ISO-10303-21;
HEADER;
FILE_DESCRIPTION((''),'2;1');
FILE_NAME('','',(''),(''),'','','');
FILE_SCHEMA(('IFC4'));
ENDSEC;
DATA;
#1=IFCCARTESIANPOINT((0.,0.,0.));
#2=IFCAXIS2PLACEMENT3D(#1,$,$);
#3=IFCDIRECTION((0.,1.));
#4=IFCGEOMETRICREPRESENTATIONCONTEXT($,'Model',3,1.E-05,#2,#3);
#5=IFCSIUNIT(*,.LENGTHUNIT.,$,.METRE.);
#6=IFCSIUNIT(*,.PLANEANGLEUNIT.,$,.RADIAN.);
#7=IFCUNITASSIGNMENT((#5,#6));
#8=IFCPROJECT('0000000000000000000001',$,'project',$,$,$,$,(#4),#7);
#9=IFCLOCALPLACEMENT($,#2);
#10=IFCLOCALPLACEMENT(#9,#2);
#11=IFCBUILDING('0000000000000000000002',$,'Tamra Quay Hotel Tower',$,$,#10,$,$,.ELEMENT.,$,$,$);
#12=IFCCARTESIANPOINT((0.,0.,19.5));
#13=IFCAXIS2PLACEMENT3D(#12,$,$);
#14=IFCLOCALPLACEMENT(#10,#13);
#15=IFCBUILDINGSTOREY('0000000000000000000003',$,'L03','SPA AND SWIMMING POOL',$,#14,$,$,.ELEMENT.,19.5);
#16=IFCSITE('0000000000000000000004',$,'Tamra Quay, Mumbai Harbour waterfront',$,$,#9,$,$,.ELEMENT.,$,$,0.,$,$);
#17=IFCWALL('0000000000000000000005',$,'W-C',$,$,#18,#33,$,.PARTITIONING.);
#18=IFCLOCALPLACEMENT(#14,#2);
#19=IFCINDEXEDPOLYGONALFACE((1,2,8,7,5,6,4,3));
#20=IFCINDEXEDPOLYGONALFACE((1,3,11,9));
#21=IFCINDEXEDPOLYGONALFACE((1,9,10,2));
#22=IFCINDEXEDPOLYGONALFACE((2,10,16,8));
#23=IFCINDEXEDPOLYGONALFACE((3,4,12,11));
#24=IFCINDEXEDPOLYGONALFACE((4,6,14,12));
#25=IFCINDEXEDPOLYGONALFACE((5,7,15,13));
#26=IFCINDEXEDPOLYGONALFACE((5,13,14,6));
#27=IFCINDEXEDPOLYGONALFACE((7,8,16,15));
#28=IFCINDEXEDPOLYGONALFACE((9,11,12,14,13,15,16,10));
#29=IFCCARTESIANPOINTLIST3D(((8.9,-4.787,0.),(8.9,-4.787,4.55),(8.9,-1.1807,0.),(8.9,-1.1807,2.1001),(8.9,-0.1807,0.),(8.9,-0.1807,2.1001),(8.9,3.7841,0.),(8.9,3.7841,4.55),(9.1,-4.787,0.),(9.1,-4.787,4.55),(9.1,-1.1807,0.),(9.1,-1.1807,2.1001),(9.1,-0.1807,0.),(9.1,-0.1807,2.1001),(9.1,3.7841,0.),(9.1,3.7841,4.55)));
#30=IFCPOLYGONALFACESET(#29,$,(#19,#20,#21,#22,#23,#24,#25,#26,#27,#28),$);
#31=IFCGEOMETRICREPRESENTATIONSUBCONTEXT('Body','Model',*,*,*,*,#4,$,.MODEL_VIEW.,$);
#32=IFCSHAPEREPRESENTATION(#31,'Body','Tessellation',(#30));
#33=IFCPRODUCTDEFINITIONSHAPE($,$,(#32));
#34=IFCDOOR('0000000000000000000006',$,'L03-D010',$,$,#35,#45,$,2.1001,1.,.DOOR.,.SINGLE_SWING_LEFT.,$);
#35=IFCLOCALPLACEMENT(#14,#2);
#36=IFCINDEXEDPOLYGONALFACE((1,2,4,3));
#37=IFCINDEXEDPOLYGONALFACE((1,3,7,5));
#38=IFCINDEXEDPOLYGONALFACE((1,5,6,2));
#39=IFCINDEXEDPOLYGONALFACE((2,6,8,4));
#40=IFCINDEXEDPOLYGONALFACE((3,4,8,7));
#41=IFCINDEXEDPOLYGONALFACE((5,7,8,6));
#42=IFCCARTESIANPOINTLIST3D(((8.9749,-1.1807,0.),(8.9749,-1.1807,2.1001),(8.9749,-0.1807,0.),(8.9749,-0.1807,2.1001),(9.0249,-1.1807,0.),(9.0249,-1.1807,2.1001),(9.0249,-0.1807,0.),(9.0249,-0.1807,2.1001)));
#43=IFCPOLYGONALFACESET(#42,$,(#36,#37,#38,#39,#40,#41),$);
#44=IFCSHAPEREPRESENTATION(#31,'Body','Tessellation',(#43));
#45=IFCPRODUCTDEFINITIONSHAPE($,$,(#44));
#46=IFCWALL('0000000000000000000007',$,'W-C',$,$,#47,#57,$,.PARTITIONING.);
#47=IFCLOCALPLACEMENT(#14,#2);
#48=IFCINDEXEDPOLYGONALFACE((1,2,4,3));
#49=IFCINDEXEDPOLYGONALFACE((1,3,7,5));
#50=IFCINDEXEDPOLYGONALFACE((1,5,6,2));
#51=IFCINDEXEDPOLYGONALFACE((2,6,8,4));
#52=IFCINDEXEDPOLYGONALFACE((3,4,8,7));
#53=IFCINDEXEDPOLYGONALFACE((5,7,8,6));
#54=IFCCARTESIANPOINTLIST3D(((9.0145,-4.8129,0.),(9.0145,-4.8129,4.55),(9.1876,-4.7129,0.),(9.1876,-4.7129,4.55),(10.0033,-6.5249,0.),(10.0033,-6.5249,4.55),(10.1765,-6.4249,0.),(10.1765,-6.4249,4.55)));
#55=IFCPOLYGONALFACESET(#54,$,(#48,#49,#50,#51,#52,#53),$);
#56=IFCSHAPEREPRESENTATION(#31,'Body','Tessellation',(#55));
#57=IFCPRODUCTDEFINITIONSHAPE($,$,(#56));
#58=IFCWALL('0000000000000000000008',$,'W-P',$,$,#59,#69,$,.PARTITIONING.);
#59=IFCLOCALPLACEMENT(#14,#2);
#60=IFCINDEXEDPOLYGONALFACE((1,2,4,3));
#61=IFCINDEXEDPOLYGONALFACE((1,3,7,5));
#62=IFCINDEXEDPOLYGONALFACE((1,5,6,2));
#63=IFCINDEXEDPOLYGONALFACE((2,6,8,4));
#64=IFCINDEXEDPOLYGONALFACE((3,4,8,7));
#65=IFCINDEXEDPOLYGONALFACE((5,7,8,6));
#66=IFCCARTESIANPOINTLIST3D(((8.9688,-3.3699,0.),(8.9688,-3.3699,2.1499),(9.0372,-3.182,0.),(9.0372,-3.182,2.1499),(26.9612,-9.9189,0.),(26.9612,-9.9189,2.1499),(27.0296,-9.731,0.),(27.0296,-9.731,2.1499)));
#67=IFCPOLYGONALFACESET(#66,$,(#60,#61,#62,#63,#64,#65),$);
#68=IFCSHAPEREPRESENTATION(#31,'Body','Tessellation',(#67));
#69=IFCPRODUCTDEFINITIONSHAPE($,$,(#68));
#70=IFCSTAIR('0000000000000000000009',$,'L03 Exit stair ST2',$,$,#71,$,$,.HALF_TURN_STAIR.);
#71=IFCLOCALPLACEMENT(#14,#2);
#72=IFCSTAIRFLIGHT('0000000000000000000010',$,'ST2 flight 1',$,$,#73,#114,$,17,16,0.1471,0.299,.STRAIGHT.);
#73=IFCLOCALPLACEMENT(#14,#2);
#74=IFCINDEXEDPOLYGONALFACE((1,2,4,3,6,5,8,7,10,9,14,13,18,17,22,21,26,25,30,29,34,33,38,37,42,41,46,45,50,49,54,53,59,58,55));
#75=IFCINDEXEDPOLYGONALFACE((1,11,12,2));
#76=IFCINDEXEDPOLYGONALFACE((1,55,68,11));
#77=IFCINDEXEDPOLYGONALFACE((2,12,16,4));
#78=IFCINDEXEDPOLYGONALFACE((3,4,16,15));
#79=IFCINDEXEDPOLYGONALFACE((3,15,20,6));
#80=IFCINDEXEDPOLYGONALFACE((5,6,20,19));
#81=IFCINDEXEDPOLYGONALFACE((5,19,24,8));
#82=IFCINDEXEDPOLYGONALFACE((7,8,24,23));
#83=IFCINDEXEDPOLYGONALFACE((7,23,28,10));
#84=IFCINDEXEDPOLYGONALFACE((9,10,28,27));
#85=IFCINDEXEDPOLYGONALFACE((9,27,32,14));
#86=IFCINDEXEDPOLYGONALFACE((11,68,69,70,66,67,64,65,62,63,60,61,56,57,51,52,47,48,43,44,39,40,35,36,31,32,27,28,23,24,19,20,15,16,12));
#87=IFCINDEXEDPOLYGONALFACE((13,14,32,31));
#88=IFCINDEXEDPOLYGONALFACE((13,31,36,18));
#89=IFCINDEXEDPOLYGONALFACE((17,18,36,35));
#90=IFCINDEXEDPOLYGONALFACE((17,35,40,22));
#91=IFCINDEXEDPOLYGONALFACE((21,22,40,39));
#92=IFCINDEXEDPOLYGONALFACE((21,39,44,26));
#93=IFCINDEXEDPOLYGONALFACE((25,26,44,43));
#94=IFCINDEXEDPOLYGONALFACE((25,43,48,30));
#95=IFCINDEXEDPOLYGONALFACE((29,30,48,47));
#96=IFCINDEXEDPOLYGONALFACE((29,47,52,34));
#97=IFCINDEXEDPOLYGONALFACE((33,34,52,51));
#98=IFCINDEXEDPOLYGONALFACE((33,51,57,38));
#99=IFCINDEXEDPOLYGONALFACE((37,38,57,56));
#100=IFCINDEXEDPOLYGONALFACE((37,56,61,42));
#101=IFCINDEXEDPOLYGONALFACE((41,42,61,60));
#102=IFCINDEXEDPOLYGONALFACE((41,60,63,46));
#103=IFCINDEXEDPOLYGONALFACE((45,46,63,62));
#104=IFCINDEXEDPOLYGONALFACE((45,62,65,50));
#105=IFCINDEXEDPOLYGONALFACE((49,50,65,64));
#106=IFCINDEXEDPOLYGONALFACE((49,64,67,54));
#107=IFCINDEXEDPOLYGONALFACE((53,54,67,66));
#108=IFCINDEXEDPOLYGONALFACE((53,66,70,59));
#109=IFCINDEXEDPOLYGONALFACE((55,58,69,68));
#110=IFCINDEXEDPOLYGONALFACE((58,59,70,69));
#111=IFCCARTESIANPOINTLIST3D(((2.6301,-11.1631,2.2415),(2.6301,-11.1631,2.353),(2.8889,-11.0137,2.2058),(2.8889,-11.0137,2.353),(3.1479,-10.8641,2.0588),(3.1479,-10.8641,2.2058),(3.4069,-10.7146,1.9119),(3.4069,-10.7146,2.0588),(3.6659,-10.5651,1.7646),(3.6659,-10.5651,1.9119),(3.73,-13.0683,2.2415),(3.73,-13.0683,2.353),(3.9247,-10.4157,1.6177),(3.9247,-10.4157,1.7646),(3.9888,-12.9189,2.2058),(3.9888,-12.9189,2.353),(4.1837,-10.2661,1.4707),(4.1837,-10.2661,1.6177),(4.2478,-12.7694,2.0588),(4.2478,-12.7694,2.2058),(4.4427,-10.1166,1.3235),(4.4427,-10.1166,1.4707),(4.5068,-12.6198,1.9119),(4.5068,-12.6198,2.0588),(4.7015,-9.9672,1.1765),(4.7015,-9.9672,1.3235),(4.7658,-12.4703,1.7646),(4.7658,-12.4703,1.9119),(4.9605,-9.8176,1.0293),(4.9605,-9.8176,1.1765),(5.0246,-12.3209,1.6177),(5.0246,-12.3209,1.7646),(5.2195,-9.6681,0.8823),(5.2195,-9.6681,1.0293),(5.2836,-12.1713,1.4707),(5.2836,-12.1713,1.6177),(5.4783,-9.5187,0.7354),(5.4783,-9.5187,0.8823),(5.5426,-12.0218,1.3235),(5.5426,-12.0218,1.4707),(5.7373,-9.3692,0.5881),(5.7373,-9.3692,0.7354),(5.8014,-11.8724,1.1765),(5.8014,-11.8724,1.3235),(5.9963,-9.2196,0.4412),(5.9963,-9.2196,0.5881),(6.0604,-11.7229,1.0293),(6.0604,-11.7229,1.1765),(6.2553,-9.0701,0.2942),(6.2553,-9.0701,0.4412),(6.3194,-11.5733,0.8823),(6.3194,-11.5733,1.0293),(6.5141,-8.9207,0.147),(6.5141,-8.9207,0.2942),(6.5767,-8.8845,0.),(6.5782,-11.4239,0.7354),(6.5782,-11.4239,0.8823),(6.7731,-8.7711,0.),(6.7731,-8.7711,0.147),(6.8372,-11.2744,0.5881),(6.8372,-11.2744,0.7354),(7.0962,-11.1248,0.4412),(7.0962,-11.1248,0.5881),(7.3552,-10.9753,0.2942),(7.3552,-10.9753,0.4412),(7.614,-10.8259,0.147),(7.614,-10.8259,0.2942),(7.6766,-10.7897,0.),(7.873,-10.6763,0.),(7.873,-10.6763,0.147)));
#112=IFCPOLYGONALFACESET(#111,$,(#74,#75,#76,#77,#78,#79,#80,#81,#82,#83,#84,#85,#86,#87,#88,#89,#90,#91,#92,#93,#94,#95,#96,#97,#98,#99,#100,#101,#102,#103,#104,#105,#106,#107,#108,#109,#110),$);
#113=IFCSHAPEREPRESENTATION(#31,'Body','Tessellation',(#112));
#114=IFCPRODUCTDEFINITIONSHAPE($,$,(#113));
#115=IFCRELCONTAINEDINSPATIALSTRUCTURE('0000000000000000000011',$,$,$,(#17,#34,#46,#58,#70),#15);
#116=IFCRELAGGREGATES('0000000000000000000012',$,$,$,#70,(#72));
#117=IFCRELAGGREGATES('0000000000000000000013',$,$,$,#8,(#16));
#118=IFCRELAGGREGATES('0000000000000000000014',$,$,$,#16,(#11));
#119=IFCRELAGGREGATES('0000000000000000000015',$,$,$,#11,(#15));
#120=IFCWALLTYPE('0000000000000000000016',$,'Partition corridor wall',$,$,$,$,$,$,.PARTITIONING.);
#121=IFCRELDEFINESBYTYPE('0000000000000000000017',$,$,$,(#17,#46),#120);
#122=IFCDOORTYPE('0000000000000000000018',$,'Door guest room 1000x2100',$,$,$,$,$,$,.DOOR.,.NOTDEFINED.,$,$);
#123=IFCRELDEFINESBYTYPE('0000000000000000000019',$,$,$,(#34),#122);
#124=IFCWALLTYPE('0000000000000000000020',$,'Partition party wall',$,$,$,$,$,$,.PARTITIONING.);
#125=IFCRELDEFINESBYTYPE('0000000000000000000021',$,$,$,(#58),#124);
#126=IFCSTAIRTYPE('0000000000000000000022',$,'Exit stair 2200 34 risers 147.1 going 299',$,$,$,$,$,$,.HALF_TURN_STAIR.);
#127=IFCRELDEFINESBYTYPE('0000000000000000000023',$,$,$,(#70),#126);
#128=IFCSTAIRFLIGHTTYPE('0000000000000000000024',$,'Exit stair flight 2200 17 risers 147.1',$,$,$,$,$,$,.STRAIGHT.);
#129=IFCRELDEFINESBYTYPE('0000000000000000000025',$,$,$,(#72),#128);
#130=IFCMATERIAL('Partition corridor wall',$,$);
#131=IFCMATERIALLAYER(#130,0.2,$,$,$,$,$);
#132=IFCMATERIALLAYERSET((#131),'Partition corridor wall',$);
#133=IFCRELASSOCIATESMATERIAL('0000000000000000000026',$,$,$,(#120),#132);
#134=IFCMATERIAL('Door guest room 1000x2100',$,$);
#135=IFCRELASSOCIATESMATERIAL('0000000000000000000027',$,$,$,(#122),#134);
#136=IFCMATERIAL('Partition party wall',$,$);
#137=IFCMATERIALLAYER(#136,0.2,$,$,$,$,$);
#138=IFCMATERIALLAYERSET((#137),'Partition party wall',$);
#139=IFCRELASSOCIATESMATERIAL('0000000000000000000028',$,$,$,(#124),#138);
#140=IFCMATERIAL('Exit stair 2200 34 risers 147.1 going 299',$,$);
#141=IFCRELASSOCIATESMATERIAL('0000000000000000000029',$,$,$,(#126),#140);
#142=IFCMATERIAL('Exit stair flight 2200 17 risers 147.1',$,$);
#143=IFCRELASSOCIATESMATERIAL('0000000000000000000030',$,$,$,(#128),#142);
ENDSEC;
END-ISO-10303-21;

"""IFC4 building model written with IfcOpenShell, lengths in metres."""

from ifc_helpers import new_model, si_unit, direction, frame, frame_2d, origin, place, context, subcontext, project, spatial, polyline, rectangle, outline, extrude, material, layer, layer_set, type_object, element, fill, aggregate, save


model = new_model("IFC4")

# Units and contexts
model_context = context("Model", 3, precision=1e-05, world=origin(), true_north=direction((0.0, 1.0)))
body_context = subcontext(model_context, "Body", "Model", "MODEL_VIEW")
ifc_project = project(units=[si_unit("LENGTHUNIT", "METRE"), si_unit("PLANEANGLEUNIT", "RADIAN")], contexts=[model_context])

# Site, building, storey
site_placement = place(None, origin())
site = spatial("IfcSite", under=ifc_project, at=site_placement, Name="Tamra Quay, Mumbai Harbour waterfront", CompositionType="ELEMENT", RefElevation=0.0)
building_placement = place(site_placement, origin())
building = spatial("IfcBuilding", under=site, at=building_placement, Name="Tamra Quay Hotel Tower", CompositionType="ELEMENT")
storey_placement = place(building_placement, frame((0.0, 0.0, 19.5)))
storey = spatial("IfcBuildingStorey", under=building, at=storey_placement, Name="L03", Description="SPA AND SWIMMING POOL", CompositionType="ELEMENT", Elevation=19.5)

# Wall, opening, door
ifc_material_1 = material(Name="Partition corridor wall")
ifc_layer_1 = layer(ifc_material_1, 0.2)
ifc_layer_set_1 = layer_set([ifc_layer_1], Name="Partition corridor wall")
wall_type_1 = type_object("IfcWallType", Name="Partition corridor wall", PredefinedType="PARTITIONING", material=ifc_layer_set_1)
wall_1_placement = place(storey_placement, frame((9.0, -4.7871, 0.0), z_axis=(0.0, 0.0, 1.0), x_axis=(0.0, 1.0, 0.0)))
wall_1 = element("IfcWall", 1, at=wall_1_placement, inside=storey, type_object=wall_type_1, Name="W-C", PredefinedType="PARTITIONING", context=body_context, shape_type="SweptSolid", body=[
    extrude(rectangle(XDim=8.571, YDim=0.2, at=frame_2d((4.2856, 0.0))), origin(), (0.0, 0.0, 1.0), 4.55),
])
opening_1_placement = place(wall_1_placement, frame((3.6064, 0.0, 0.0)))
opening_1 = element("IfcOpeningElement", 2, at=opening_1_placement, cuts=wall_1, PredefinedType="OPENING", context=body_context, shape_type="SweptSolid", body=[
    extrude(rectangle(XDim=1.0, YDim=2.1001, at=frame_2d((0.5, 1.05))), frame((0.0, 0.1099, 0.0), z_axis=(0.0, -1.0, 0.0), x_axis=(1.0, 0.0, 0.0)), (0.0, 0.0, 1.0), 0.22),
])
ifc_material_2 = material(Name="Door guest room 1000x2100")
door_type_1 = type_object("IfcDoorType", Name="Door guest room 1000x2100", OperationType="NOTDEFINED", PredefinedType="DOOR", material=ifc_material_2)
door_1_placement = place(opening_1_placement, frame((1.0, 0.0, 0.0), z_axis=(0.0, 0.0, 1.0), x_axis=(-1.0, 0.0, 0.0)))
door_1 = element("IfcDoor", 3, at=door_1_placement, inside=storey, type_object=door_type_1, Name="L03-D010", OperationType="SINGLE_SWING_LEFT", OverallHeight=2.1001, OverallWidth=1.0, PredefinedType="DOOR", context=body_context, shape_type="SweptSolid", body=[
    extrude(rectangle(XDim=1.0, YDim=2.1001, at=frame_2d((0.5, 1.05))), frame((0.0, 0.0249, 0.0), z_axis=(0.0, -1.0, 0.0), x_axis=(1.0, 0.0, 0.0)), (0.0, 0.0, 1.0), 0.05),
])
fill(opening_1, door_1)

# Walls
wall_2_placement = place(storey_placement, frame((9.1011, -4.7629, 0.0), z_axis=(0.0, 0.0, 1.0), x_axis=(0.50015, -0.865939, 0.0)))
element("IfcWall", 4, at=wall_2_placement, inside=storey, type_object=wall_type_1, Name="W-C", PredefinedType="PARTITIONING", context=body_context, shape_type="SweptSolid", body=[
    extrude(rectangle(XDim=1.9771, YDim=0.2, at=frame_2d((0.9885, 0.0))), origin(), (0.0, 0.0, 1.0), 4.55),
])
ifc_material_3 = material(Name="Partition party wall")
ifc_layer_2 = layer(ifc_material_3, 0.2)
ifc_layer_set_2 = layer_set([ifc_layer_2], Name="Partition party wall")
wall_type_2 = type_object("IfcWallType", Name="Partition party wall", PredefinedType="PARTITIONING", material=ifc_layer_set_2)
wall_3_placement = place(storey_placement, frame((9.0029, -3.2759, 0.0), z_axis=(0.0, 0.0, 1.0), x_axis=(0.939687, -0.342037, 0.0)))
element("IfcWall", 5, at=wall_3_placement, inside=storey, type_object=wall_type_2, Name="W-P", PredefinedType="PARTITIONING", context=body_context, shape_type="SweptSolid", body=[
    extrude(rectangle(XDim=19.1472, YDim=0.2, at=frame_2d((9.5737, 0.0))), origin(), (0.0, 0.0, 1.0), 2.1499),
])

# Stair, stair flight
ifc_material_4 = material(Name="Exit stair 2200 34 risers 147.1 going 299")
stair_type = type_object("IfcStairType", Name="Exit stair 2200 34 risers 147.1 going 299", PredefinedType="HALF_TURN_STAIR", material=ifc_material_4)
stair_placement = place(storey_placement, origin())
stair = element("IfcStair", 6, at=stair_placement, inside=storey, type_object=stair_type, Name="L03 Exit stair ST2", PredefinedType="HALF_TURN_STAIR")
ifc_material_5 = material(Name="Exit stair flight 2200 17 risers 147.1")
stair_flight_type = type_object("IfcStairFlightType", Name="Exit stair flight 2200 17 risers 147.1", PredefinedType="STRAIGHT", material=ifc_material_5)
stair_flight_placement = place(storey_placement, frame((7.323, -9.7236, 0.0), z_axis=(0.0, 0.0, 1.0), x_axis=(-0.866025, -0.5, 0.0)))
stair_flight = element("IfcStairFlight", 7, at=stair_flight_placement, type_object=stair_flight_type, Name="ST2 flight 1", NumberOfRisers=17, NumberOfTreads=16, PredefinedType="STRAIGHT", RiserHeight=0.1471, TreadLength=0.299, context=body_context, shape_type="SweptSolid", body=[
    extrude(outline(polyline([(0.0, 0.0), (0.0, 0.147), (0.2991, 0.147), (0.2991, 0.2942), (0.5979, 0.2942), (0.5979, 0.4412), (0.897, 0.4412), (0.897, 0.5881), (1.196, 0.5881), (1.196, 0.7354), (1.4951, 0.7354), (1.4951, 0.8823), (1.7939, 0.8823), (1.7939, 1.0293), (2.093, 1.0293), (2.093, 1.1765), (2.3921, 1.1765), (2.3921, 1.3235), (2.6909, 1.3235), (2.6909, 1.4707), (2.99, 1.4707), (2.99, 1.6177), (3.2891, 1.6177), (3.2891, 1.7646), (3.5879, 1.7646), (3.5879, 1.9119), (3.887, 1.9119), (3.887, 2.0588), (4.186, 2.0588), (4.186, 2.2058), (4.4851, 2.2058), (4.4851, 2.353), (4.7839, 2.353), (4.7839, 2.5), (4.7839, 2.2415), (0.2268, 0.0), (0.0, 0.0)])), frame((0.0, 1.1001, 0.0), z_axis=(0.0, -1.0, 0.0), x_axis=(1.0, 0.0, 0.0)), (0.0, 0.0, 1.0), 2.2),
])
aggregate(stair, [stair_flight])

save(model, "model.ifc")
